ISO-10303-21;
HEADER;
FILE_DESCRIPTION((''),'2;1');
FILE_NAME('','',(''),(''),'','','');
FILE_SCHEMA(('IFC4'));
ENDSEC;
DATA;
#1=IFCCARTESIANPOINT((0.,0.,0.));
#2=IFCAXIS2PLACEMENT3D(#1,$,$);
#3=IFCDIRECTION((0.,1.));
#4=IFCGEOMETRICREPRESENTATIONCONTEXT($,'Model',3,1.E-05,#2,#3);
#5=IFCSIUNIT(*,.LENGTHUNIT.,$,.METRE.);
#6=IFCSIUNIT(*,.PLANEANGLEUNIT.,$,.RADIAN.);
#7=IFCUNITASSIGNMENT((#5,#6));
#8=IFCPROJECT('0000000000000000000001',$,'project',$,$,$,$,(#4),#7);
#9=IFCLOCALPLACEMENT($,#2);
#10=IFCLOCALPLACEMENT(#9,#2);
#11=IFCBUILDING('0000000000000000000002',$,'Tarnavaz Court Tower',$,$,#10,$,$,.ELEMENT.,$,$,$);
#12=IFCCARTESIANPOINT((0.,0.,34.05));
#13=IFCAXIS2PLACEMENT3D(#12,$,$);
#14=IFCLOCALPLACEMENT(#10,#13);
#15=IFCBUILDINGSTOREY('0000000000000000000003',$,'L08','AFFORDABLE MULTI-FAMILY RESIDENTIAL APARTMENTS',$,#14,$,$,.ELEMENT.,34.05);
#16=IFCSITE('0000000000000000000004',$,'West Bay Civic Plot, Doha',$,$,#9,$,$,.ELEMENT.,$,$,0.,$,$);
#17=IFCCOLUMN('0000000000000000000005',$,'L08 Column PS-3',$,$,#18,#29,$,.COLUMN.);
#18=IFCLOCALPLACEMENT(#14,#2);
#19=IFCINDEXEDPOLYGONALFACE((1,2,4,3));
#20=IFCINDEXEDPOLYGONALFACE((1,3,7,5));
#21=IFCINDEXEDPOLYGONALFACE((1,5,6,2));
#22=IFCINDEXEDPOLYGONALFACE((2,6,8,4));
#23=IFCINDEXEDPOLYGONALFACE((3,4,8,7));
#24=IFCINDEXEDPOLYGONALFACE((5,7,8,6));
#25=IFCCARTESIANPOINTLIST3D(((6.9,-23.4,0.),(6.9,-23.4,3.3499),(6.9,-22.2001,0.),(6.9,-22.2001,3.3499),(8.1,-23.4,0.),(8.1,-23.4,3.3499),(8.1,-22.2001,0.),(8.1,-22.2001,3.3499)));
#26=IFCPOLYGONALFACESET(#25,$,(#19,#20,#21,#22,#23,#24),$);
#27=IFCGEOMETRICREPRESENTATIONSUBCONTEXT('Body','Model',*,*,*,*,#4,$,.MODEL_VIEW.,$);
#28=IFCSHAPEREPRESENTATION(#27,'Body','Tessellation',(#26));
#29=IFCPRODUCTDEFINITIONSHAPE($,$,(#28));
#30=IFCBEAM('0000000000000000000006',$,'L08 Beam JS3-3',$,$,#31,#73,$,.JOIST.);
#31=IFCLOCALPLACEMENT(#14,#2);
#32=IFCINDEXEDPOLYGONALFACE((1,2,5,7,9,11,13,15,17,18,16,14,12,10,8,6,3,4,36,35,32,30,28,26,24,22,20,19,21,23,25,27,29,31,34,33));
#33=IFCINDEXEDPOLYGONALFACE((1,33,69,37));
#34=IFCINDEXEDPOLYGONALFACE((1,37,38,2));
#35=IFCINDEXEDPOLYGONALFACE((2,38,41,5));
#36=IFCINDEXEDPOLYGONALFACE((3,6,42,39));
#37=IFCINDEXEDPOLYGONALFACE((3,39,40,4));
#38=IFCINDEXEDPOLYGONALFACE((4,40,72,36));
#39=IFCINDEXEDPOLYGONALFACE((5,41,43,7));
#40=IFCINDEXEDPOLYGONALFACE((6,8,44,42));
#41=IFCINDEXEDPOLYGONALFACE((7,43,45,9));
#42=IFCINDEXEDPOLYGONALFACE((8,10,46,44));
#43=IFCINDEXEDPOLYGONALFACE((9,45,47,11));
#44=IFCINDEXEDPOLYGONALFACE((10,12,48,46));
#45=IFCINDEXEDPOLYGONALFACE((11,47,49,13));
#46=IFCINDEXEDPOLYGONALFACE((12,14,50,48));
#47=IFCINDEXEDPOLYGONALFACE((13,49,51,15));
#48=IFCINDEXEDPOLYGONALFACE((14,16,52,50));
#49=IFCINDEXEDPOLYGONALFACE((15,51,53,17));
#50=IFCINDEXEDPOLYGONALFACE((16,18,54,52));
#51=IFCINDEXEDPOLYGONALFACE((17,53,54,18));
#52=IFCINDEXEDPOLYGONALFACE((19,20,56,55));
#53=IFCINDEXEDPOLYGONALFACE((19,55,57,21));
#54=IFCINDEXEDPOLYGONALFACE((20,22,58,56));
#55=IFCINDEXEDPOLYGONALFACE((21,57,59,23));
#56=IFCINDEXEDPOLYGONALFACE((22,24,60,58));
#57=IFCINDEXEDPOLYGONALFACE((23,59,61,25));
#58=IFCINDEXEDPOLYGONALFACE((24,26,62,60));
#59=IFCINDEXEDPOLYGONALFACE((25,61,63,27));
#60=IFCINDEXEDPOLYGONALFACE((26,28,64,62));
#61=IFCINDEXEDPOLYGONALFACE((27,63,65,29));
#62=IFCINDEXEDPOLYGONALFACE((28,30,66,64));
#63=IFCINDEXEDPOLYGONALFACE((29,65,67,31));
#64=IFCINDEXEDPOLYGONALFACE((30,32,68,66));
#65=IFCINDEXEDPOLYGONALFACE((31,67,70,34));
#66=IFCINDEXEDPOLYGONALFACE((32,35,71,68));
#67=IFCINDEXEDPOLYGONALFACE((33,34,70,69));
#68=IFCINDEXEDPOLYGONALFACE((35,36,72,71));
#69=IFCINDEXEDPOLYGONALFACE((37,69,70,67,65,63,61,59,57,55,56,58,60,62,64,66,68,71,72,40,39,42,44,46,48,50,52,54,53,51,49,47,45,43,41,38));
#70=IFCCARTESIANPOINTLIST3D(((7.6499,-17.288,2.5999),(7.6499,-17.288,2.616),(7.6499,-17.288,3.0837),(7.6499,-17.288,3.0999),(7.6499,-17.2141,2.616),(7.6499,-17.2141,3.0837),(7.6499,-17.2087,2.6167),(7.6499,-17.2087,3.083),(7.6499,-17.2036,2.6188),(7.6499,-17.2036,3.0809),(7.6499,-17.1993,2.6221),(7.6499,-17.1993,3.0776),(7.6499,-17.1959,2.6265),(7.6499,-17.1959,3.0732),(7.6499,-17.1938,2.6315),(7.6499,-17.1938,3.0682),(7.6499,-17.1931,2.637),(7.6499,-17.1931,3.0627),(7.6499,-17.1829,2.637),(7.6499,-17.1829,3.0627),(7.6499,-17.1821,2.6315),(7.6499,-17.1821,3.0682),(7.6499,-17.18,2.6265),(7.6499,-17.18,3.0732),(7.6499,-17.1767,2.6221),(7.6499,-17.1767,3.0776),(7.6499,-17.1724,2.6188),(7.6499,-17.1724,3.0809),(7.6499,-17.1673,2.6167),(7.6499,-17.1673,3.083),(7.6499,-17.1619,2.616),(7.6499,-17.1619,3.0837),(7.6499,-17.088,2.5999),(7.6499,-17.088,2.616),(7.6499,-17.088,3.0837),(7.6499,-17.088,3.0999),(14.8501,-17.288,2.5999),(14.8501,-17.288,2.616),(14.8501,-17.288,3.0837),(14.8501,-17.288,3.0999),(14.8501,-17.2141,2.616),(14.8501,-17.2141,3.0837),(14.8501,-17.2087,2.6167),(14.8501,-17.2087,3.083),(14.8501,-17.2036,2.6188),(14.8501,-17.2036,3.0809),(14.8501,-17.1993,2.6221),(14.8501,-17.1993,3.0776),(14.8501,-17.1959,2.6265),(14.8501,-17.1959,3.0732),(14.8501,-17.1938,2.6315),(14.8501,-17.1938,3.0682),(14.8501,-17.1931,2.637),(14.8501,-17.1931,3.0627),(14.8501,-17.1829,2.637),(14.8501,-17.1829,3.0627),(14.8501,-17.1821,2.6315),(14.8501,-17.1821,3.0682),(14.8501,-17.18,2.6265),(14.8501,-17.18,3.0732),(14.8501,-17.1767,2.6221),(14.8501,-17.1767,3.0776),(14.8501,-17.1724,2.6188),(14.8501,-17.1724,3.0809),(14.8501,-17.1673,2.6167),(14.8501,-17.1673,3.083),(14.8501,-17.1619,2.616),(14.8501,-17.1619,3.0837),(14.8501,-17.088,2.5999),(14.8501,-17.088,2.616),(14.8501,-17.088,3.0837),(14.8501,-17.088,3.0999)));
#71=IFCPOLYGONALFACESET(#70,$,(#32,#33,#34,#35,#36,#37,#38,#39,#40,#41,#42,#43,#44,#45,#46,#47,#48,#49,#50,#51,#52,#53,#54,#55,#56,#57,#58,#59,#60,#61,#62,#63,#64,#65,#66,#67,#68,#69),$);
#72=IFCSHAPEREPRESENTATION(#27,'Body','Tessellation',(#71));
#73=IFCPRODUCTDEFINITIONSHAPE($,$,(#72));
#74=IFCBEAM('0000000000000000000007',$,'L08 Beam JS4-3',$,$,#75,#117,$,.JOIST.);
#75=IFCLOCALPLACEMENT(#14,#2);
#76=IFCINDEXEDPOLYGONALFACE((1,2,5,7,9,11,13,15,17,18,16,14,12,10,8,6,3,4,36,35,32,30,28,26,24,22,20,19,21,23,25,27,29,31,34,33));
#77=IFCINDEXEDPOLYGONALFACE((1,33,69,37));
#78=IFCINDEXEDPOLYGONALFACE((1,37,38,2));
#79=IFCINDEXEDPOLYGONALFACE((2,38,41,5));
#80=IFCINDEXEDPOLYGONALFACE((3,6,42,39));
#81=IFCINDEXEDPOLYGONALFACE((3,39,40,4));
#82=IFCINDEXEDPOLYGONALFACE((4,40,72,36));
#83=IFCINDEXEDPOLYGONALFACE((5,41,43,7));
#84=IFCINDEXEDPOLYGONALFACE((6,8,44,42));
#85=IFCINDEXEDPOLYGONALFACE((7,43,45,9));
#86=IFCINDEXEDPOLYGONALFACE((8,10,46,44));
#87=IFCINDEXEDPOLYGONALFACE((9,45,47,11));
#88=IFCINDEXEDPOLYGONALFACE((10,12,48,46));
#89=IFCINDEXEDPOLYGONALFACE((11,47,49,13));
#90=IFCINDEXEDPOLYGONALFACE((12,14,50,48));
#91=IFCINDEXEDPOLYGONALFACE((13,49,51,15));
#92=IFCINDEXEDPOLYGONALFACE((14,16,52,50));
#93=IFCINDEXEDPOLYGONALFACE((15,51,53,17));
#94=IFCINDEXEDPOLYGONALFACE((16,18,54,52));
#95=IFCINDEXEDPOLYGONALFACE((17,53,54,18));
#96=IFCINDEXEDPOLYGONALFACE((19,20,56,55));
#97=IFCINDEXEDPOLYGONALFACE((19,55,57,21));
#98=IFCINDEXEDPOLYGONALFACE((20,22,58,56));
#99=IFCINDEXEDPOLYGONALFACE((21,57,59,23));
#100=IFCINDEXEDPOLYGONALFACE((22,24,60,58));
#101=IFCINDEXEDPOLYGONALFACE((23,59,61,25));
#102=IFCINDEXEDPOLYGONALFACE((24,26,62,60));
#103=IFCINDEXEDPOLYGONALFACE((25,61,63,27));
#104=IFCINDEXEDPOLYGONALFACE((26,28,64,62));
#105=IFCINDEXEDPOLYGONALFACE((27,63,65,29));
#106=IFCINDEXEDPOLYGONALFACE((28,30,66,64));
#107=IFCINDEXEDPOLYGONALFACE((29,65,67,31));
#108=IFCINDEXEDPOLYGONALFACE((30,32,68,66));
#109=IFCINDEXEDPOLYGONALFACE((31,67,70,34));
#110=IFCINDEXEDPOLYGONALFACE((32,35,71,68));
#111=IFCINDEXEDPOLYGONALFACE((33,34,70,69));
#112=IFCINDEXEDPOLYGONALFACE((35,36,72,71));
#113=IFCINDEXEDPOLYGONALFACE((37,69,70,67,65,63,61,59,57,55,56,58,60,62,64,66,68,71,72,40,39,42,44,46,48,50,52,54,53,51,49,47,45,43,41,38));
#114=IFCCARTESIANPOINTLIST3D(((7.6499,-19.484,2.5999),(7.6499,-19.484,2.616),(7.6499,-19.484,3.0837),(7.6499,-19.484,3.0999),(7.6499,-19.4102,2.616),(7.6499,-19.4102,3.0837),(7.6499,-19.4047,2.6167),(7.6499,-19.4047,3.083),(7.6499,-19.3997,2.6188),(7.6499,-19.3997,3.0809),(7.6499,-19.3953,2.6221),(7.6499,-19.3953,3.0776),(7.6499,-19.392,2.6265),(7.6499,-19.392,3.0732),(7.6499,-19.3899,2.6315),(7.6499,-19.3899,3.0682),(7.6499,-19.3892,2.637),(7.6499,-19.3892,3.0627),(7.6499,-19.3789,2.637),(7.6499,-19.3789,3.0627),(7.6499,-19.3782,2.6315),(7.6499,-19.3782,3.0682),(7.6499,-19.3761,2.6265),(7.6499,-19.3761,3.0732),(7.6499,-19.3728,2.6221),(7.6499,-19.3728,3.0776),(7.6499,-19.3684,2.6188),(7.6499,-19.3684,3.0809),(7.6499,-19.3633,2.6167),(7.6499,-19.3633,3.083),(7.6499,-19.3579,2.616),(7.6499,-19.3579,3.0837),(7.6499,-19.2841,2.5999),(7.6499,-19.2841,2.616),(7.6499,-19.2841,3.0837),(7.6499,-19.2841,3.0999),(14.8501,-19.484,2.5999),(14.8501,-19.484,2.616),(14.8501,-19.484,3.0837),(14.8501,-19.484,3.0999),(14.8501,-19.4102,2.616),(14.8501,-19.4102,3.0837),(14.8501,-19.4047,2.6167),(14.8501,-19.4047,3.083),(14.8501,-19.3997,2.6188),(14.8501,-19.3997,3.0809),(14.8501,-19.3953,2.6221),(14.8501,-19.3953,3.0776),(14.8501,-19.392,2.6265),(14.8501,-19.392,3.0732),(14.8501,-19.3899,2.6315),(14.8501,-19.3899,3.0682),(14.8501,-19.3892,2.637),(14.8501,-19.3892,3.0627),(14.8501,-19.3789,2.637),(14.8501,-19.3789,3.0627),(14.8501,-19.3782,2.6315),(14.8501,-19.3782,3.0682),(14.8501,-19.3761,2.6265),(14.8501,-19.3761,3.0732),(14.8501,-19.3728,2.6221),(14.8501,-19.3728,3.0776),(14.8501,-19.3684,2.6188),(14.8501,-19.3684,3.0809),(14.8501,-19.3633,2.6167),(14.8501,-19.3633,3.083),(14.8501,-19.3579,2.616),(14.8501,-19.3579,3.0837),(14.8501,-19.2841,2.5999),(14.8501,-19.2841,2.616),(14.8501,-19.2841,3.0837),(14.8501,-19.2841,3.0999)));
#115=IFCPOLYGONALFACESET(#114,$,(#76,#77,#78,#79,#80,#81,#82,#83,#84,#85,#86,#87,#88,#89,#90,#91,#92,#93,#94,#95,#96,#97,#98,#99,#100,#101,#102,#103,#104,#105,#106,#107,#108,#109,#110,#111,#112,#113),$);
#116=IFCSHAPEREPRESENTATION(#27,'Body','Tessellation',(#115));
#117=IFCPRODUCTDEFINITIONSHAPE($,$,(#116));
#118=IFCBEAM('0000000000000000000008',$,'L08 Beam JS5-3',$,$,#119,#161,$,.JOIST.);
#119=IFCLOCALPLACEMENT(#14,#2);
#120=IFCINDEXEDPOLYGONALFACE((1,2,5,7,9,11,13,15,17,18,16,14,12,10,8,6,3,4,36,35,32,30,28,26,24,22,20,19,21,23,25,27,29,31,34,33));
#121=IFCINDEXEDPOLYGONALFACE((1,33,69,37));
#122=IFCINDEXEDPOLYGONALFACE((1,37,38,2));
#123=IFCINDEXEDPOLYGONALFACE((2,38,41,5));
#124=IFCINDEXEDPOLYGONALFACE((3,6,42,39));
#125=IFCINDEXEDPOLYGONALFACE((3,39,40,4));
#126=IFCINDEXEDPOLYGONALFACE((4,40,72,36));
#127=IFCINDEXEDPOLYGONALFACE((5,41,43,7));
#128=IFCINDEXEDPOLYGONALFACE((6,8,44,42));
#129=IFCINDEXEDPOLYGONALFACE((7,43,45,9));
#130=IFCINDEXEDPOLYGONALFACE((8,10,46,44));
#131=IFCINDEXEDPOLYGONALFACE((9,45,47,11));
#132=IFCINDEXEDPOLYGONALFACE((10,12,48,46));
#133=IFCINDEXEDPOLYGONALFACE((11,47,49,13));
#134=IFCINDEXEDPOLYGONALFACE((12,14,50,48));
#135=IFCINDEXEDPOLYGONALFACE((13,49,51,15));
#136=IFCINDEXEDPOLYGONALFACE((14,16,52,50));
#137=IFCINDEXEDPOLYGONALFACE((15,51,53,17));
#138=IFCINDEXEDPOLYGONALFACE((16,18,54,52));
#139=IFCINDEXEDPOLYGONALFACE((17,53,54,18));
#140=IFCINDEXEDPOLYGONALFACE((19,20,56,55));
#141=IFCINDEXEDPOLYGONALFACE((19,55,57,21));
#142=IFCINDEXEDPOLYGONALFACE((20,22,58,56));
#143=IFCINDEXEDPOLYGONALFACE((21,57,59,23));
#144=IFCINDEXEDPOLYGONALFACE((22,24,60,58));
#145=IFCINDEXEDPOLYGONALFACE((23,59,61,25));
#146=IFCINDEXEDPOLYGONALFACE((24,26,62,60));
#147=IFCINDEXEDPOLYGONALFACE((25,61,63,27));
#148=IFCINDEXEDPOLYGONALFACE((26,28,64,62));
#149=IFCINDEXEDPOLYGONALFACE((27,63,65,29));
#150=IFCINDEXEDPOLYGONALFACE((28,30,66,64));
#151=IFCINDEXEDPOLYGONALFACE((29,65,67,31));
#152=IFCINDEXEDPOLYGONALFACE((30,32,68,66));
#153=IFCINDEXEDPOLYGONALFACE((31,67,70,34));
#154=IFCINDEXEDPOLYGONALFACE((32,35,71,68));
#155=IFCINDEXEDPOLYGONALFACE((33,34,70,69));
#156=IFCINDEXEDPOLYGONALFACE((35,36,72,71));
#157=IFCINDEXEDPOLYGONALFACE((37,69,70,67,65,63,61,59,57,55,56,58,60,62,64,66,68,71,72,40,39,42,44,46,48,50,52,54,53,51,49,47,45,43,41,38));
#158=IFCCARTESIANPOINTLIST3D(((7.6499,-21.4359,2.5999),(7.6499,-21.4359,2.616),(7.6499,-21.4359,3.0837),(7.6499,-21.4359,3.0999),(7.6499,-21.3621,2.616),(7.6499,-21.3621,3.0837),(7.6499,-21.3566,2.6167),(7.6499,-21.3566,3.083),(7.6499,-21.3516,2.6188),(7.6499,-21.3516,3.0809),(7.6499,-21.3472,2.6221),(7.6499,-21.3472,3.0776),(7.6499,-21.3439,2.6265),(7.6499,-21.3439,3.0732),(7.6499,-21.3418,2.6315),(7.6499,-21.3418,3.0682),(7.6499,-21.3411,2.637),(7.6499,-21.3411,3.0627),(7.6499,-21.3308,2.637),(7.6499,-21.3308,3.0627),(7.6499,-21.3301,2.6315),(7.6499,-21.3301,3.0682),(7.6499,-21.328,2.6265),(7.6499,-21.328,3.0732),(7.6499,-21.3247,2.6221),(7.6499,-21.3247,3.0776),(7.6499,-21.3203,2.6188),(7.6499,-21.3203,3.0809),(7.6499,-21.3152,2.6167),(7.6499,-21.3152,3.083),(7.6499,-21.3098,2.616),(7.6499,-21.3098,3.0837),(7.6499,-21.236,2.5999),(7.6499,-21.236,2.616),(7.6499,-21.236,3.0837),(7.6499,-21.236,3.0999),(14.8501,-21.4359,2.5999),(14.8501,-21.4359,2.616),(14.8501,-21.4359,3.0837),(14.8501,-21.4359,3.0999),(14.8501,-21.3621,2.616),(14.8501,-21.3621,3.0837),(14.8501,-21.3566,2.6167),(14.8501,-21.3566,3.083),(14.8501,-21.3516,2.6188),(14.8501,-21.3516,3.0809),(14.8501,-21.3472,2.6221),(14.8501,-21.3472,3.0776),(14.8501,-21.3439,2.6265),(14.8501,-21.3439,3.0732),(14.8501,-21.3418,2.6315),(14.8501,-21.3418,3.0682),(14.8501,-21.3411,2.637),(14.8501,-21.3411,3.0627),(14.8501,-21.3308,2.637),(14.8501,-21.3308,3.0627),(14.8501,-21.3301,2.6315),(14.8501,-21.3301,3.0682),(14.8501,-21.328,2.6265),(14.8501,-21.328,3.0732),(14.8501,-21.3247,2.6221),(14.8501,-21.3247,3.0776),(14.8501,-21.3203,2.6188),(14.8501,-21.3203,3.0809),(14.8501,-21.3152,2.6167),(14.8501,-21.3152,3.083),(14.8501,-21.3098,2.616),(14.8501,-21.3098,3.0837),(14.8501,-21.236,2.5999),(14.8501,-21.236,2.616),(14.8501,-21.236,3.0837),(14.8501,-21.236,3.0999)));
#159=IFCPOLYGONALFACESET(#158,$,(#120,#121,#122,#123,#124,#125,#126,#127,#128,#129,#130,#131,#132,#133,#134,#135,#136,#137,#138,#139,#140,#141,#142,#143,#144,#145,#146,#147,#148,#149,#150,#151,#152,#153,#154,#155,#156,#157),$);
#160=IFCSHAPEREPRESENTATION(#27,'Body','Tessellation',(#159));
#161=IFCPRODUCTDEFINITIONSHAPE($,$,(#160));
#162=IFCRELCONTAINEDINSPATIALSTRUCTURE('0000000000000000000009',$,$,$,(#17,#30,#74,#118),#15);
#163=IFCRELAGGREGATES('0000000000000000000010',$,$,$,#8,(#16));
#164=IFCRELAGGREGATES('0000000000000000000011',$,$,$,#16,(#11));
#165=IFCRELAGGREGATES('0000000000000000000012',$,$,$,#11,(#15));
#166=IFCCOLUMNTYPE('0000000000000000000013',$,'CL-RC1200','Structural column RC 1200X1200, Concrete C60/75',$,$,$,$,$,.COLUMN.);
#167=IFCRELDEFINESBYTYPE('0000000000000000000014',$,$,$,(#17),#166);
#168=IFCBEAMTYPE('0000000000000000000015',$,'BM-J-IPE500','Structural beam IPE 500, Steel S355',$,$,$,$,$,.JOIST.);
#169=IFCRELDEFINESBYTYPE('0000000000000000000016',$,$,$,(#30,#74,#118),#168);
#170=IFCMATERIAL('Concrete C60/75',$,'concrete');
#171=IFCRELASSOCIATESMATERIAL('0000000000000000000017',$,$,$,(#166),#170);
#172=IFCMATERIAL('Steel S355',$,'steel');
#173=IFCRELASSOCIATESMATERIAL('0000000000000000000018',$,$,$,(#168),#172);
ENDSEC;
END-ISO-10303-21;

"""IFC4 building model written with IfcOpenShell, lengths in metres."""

from ifc_helpers import new_model, si_unit, direction, frame, origin, origin_2d, place, context, subcontext, project, spatial, rectangle, i_section, extrude, material, material_profile, profile_set, type_object, element, save


model = new_model("IFC4")

# Units and contexts
model_context = context("Model", 3, precision=1e-05, world=origin(), true_north=direction((0.0, 1.0)))
body_context = subcontext(model_context, "Body", "Model", "MODEL_VIEW")
ifc_project = project(units=[si_unit("LENGTHUNIT", "METRE"), si_unit("PLANEANGLEUNIT", "RADIAN")], contexts=[model_context])

# Site, building, storey
site_placement = place(None, origin())
site = spatial("IfcSite", under=ifc_project, at=site_placement, Name="West Bay Civic Plot, Doha", CompositionType="ELEMENT", RefElevation=0.0)
building_placement = place(site_placement, origin())
building = spatial("IfcBuilding", under=site, at=building_placement, Name="Tarnavaz Court Tower", CompositionType="ELEMENT")
storey_placement = place(building_placement, frame((0.0, 0.0, 34.05)))
storey = spatial("IfcBuildingStorey", under=building, at=storey_placement, Name="L08", Description="AFFORDABLE MULTI-FAMILY RESIDENTIAL APARTMENTS", CompositionType="ELEMENT", Elevation=34.05)

# Column
ifc_material_1 = material(Name="Concrete C60/75", Category="concrete")
ifc_material_profile_1 = material_profile(ifc_material_1, rectangle(XDim=1.2, YDim=1.2, at=origin_2d()), Name="RC 1200X1200")
ifc_profile_set_1 = profile_set([ifc_material_profile_1], Name="Concrete C60/75")
column_type = type_object("IfcColumnType", Name="CL-RC1200", Description="Structural column RC 1200X1200, Concrete C60/75", PredefinedType="COLUMN", material=ifc_profile_set_1)
column_placement = place(storey_placement, frame((7.5, -22.8, 0.0), z_axis=(0.0, 0.0, 1.0), x_axis=(1.0, 0.0, 0.0)))
element("IfcColumn", 1, at=column_placement, inside=storey, type_object=column_type, Name="L08 Column PS-3", PredefinedType="COLUMN", context=body_context, shape_type="SweptSolid", body=[
    extrude(rectangle(XDim=1.2, YDim=1.2, at=origin_2d()), origin(), (0.0, 0.0, 1.0), 3.3499),
])

# Beams
ifc_material_2 = material(Name="Steel S355", Category="steel")
ifc_material_profile_2 = material_profile(ifc_material_2, i_section(OverallWidth=0.2, OverallDepth=0.5, WebThickness=0.0103, FlangeThickness=0.0161, FilletRadius=0.021, at=origin_2d()), Name="IPE 500")
ifc_profile_set_2 = profile_set([ifc_material_profile_2], Name="Steel S355")
beam_type_1 = type_object("IfcBeamType", Name="BM-J-IPE500", Description="Structural beam IPE 500, Steel S355", PredefinedType="JOIST", material=ifc_profile_set_2)
for number, where, z_axis, x_axis, name in (
    (2, (7.6499, -17.188, 2.8499), (1.0, 0.0, 0.0), (0.0, 1.0, 0.0), "L08 Beam JS3-3"),
    (3, (7.6499, -19.384, 2.8499), (1.0, 0.0, 0.0), (0.0, 1.0, 0.0), "L08 Beam JS4-3"),
    (4, (7.6499, -21.3359, 2.8499), (1.0, 0.0, 0.0), (0.0, 1.0, 0.0), "L08 Beam JS5-3"),
):
    element("IfcBeam", number, at=place(storey_placement, frame(where, z_axis=z_axis, x_axis=x_axis)), inside=storey, type_object=beam_type_1, Name=name, PredefinedType="JOIST", context=body_context, shape_type="SweptSolid", body=[
        extrude(i_section(OverallWidth=0.2, OverallDepth=0.5, WebThickness=0.0103, FlangeThickness=0.0161, FilletRadius=0.021, at=origin_2d()), origin(), (0.0, 0.0, 1.0), 7.2002),
    ])

save(model, "model.ifc")
